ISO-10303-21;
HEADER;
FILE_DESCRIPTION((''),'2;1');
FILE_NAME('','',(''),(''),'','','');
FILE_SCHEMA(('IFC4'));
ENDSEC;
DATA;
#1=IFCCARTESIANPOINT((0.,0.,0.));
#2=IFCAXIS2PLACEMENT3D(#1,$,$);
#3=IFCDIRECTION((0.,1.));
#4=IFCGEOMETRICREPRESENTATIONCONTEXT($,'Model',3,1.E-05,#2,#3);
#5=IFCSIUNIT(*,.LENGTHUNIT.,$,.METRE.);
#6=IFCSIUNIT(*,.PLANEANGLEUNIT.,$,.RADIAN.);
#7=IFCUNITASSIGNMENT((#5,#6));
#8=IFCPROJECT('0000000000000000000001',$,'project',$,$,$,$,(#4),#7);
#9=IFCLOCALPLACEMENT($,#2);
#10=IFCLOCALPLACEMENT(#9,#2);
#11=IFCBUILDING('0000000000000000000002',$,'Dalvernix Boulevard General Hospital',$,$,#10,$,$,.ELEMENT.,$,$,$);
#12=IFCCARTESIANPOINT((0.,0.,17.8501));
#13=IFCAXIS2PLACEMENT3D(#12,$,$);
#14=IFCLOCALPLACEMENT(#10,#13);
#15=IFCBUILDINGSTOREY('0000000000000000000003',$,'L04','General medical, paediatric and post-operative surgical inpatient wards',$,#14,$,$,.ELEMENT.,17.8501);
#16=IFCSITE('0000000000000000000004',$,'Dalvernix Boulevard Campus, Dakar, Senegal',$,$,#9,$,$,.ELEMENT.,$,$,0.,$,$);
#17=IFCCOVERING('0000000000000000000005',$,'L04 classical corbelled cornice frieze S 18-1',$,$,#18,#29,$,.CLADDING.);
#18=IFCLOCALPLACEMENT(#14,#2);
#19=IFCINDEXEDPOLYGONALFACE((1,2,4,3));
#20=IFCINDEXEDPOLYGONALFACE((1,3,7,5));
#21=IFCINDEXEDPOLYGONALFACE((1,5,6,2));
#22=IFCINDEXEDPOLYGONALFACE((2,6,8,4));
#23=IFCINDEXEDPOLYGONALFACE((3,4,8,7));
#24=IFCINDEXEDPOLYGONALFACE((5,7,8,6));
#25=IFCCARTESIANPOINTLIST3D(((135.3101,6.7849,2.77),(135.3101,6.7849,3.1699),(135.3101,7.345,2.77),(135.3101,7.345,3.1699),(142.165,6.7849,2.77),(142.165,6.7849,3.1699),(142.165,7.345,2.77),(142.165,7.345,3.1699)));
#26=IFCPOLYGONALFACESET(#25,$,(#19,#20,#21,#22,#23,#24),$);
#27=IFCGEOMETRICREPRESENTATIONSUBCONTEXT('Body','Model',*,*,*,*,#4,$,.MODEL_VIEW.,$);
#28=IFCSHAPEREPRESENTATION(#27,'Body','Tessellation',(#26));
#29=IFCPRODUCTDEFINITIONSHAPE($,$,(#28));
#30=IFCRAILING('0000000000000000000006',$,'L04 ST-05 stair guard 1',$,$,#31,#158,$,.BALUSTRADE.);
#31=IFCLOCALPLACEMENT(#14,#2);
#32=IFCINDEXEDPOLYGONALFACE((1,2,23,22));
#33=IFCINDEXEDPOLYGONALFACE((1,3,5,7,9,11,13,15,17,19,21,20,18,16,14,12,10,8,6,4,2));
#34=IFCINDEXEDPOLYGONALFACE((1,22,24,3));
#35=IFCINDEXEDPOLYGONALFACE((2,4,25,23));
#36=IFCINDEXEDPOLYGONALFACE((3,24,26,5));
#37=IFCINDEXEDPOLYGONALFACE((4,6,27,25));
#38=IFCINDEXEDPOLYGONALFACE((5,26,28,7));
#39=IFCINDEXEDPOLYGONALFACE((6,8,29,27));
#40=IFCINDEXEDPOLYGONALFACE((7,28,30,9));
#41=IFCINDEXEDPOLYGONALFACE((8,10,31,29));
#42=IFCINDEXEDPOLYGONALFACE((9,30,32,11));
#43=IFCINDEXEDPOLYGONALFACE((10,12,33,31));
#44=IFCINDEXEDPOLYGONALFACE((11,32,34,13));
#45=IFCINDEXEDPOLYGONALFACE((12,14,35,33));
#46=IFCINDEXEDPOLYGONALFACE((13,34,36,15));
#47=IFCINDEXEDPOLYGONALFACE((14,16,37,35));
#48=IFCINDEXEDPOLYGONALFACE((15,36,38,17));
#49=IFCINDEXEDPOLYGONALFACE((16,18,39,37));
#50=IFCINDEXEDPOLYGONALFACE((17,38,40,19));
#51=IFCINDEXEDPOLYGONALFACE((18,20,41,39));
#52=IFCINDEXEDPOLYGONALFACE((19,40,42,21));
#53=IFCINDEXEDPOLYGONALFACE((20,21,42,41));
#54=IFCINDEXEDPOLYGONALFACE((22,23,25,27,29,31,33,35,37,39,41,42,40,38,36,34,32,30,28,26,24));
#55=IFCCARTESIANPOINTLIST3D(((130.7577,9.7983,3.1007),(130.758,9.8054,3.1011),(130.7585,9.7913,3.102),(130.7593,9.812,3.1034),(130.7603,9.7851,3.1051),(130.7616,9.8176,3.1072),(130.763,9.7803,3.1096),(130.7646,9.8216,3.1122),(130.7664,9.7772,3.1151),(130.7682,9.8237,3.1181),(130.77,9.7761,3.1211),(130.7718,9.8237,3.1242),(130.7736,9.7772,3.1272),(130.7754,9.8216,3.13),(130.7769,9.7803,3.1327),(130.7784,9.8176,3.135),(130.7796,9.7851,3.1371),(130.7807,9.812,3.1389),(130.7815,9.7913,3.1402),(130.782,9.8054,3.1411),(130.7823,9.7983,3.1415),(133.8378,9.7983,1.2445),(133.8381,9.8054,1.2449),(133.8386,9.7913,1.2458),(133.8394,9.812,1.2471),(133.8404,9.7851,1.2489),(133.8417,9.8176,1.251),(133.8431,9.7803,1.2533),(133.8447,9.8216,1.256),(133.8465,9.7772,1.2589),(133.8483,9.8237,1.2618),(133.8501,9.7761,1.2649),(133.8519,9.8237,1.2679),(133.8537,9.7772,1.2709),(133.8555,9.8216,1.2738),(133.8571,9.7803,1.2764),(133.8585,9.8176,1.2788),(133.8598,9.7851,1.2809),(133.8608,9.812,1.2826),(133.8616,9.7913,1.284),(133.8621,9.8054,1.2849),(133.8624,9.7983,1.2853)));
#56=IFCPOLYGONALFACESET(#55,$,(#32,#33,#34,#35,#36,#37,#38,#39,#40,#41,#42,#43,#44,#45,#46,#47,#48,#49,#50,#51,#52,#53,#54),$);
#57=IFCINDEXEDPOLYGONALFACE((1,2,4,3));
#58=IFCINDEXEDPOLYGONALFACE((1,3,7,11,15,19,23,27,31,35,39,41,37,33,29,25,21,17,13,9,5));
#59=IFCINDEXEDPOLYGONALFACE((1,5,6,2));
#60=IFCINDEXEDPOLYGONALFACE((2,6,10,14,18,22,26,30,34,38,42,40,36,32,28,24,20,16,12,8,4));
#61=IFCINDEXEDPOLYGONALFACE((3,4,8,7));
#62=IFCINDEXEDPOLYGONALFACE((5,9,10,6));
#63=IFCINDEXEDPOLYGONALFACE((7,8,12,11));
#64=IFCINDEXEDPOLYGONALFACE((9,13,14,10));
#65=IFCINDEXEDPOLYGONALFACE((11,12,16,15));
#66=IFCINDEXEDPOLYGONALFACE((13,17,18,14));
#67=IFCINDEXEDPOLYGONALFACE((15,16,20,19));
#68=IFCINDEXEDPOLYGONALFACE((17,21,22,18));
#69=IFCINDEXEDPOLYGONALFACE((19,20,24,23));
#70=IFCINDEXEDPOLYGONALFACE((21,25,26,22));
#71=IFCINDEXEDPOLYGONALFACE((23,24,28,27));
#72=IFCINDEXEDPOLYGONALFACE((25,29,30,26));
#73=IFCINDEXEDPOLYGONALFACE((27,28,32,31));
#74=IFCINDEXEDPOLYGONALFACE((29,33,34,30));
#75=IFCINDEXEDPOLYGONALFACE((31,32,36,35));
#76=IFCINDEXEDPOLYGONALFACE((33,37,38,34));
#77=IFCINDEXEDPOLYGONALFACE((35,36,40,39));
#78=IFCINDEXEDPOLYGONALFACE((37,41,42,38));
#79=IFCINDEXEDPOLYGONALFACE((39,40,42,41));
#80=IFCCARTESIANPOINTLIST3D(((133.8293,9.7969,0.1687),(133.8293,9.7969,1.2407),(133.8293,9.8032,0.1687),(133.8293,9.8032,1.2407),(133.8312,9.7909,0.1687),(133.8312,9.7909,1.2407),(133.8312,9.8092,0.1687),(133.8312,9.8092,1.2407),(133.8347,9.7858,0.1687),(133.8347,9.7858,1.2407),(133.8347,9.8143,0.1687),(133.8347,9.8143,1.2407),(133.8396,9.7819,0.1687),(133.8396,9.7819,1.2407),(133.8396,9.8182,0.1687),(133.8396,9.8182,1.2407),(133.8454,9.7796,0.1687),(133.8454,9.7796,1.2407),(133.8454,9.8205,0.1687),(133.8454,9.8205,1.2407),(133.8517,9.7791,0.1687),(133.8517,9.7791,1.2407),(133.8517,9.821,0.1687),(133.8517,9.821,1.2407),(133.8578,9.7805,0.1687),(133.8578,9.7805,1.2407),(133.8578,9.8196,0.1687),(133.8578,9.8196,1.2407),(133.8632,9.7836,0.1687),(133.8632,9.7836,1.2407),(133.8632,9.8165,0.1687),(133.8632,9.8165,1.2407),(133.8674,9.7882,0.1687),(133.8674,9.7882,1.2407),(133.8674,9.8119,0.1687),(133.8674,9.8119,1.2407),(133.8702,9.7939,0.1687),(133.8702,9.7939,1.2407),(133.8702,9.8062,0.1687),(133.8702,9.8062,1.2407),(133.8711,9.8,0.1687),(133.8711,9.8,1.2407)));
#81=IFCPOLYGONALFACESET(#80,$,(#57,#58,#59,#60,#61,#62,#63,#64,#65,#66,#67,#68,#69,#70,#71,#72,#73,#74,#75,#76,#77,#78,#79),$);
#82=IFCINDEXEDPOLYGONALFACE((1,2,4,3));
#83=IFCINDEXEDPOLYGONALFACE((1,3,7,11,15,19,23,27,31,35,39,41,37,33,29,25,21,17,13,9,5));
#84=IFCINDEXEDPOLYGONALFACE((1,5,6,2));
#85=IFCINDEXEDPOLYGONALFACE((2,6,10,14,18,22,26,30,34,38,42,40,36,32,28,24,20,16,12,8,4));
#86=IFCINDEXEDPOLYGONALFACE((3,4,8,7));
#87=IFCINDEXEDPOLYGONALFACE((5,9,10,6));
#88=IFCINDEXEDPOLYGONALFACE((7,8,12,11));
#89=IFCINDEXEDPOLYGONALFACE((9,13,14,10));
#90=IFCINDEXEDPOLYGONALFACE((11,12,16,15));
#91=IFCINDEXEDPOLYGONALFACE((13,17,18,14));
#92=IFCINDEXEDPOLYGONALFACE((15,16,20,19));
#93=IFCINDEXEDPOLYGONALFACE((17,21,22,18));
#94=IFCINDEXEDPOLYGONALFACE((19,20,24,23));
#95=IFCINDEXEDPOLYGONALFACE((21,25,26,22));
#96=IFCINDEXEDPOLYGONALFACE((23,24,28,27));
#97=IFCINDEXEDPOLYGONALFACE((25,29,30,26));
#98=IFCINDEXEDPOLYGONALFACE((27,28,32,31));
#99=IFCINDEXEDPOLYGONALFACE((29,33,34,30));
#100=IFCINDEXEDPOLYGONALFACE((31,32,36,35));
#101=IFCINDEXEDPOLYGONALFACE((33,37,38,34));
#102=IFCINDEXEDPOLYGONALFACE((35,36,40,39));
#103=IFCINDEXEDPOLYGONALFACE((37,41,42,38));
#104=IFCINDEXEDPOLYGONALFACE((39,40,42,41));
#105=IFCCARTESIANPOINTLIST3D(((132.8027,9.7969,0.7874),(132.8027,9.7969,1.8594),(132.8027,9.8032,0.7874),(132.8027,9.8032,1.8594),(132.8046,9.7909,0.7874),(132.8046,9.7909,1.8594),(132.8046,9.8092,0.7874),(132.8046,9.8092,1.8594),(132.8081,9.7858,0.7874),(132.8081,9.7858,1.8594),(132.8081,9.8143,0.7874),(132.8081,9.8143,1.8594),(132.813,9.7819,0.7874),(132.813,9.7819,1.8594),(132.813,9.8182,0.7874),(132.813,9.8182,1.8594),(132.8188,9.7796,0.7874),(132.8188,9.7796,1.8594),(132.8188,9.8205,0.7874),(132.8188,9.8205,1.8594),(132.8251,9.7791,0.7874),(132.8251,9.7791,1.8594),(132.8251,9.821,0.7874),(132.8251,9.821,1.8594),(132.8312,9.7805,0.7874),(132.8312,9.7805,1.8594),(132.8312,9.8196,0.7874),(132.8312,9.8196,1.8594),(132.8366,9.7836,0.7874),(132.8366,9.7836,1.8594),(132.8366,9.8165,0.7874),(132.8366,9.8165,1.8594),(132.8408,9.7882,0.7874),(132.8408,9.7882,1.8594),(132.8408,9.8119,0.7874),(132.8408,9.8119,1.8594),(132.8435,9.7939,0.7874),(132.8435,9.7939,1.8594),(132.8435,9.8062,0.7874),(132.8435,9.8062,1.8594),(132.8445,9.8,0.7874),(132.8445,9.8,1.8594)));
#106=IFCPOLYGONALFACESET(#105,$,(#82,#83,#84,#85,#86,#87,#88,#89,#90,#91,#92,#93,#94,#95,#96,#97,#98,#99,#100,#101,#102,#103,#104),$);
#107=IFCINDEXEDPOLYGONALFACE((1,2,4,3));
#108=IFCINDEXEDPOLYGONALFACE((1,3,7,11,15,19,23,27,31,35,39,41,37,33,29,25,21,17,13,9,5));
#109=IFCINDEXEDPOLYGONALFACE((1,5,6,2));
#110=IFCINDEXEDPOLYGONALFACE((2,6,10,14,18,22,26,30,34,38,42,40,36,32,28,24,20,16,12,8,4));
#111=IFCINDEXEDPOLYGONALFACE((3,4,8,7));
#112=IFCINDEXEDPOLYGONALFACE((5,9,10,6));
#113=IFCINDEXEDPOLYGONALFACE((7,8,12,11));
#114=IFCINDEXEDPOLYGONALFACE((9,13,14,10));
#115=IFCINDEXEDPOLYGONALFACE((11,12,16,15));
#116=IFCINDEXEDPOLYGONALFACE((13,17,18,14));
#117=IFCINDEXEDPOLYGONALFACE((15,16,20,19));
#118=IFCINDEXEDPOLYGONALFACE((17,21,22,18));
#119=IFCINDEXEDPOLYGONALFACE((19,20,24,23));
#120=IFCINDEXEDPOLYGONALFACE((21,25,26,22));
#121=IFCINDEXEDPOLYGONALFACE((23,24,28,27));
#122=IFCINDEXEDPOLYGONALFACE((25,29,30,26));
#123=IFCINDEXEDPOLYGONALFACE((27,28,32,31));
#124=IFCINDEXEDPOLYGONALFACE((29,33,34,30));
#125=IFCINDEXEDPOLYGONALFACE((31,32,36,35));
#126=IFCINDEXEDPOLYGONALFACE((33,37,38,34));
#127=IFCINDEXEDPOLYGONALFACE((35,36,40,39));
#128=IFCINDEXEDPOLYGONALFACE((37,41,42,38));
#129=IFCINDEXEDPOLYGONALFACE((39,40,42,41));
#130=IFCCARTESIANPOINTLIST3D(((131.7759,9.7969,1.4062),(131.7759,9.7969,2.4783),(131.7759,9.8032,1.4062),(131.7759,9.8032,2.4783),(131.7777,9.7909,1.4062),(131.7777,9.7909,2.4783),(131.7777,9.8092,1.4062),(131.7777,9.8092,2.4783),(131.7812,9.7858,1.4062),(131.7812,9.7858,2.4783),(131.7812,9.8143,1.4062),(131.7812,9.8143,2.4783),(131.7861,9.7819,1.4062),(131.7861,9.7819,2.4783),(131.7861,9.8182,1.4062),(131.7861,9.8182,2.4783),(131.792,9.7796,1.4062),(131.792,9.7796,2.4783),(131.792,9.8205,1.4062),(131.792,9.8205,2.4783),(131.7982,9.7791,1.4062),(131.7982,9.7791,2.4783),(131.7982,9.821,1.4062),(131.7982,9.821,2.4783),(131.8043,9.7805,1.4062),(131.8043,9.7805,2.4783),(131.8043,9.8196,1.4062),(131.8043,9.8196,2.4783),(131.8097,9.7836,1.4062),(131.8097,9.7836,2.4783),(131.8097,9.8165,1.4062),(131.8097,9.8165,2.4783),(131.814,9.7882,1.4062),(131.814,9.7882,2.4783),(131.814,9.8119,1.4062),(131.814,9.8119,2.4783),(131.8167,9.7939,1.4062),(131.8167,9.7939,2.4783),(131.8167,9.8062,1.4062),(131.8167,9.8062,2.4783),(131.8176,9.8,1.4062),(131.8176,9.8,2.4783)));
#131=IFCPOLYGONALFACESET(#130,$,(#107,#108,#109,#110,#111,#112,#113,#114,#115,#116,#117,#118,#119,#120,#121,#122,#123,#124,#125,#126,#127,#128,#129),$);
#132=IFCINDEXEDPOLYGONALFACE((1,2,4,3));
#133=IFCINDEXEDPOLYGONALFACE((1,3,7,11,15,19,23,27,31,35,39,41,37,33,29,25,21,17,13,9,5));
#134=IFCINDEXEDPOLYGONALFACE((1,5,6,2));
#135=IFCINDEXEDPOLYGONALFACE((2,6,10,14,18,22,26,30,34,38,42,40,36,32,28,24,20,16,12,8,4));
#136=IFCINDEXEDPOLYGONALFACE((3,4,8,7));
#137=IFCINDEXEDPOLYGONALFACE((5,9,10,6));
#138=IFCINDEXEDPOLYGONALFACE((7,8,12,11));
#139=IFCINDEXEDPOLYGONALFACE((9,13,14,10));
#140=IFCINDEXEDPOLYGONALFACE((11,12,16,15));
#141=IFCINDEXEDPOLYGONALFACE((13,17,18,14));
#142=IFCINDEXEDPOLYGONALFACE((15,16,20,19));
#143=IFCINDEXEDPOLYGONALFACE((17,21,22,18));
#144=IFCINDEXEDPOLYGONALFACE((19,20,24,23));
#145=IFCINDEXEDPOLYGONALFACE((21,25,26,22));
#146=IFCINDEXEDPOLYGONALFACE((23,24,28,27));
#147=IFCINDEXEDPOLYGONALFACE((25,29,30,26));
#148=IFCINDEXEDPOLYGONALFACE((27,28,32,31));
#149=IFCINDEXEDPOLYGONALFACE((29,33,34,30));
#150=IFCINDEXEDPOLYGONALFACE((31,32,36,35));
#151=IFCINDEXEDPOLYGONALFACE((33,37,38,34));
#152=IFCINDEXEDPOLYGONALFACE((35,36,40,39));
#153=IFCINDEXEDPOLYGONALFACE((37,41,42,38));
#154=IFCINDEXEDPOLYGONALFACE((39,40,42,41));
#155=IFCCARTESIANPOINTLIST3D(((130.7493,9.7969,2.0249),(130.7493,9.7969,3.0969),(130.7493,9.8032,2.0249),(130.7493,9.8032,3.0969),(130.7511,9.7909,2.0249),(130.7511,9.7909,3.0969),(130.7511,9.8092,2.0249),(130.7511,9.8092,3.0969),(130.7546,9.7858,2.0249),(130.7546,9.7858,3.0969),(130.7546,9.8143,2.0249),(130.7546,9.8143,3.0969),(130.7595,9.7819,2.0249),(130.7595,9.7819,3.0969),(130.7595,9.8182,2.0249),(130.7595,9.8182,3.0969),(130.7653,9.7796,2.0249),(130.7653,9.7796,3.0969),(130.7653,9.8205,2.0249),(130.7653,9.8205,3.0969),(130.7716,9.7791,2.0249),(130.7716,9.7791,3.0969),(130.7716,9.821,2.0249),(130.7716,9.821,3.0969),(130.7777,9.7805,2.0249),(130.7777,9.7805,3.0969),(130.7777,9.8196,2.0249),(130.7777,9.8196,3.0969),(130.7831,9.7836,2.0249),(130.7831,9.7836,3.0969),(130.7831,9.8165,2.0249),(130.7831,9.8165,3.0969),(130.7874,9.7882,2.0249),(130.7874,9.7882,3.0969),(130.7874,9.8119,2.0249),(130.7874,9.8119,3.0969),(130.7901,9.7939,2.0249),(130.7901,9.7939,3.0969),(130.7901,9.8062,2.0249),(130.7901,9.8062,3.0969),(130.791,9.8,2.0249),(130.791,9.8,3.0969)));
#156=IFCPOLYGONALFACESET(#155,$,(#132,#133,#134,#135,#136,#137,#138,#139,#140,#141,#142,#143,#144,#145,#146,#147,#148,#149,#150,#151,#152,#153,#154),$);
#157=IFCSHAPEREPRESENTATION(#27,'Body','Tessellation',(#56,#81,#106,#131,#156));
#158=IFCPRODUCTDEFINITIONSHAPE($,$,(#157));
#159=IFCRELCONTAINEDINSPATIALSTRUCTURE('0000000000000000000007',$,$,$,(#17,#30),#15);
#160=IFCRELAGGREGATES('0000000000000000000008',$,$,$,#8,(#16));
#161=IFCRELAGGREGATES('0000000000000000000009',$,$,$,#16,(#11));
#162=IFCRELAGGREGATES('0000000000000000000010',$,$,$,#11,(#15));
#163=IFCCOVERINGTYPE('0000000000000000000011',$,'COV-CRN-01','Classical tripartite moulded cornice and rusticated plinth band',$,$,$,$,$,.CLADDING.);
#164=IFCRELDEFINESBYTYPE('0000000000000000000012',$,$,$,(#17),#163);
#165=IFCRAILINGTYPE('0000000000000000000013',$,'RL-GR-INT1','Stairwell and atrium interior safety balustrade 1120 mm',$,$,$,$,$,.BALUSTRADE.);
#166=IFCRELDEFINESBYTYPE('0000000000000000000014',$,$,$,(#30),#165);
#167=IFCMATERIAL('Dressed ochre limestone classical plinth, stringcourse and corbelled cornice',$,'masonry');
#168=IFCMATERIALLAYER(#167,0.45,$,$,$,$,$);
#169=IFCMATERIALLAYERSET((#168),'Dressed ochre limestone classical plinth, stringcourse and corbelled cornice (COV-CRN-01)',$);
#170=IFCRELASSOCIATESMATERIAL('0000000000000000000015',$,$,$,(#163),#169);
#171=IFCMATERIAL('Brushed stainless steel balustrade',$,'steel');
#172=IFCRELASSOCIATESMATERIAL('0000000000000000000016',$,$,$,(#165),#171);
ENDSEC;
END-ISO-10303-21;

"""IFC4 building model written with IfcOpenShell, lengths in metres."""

from ifc_helpers import new_model, si_unit, direction, frame, origin, origin_2d, place, context, subcontext, project, spatial, rectangle, circle, extrude, material, layer, layer_set, type_object, element, save


model = new_model("IFC4")

# Units and contexts
model_context = context("Model", 3, precision=1e-05, world=origin(), true_north=direction((0.0, 1.0)))
body_context = subcontext(model_context, "Body", "Model", "MODEL_VIEW")
ifc_project = project(units=[si_unit("LENGTHUNIT", "METRE"), si_unit("PLANEANGLEUNIT", "RADIAN")], contexts=[model_context])

# Site, building, storey
site_placement = place(None, origin())
site = spatial("IfcSite", under=ifc_project, at=site_placement, Name="Dalvernix Boulevard Campus, Dakar, Senegal", CompositionType="ELEMENT", RefElevation=0.0)
building_placement = place(site_placement, origin())
building = spatial("IfcBuilding", under=site, at=building_placement, Name="Dalvernix Boulevard General Hospital", CompositionType="ELEMENT")
storey_placement = place(building_placement, frame((0.0, 0.0, 17.8501)))
storey = spatial("IfcBuildingStorey", under=building, at=storey_placement, Name="L04", Description="General medical, paediatric and post-operative surgical inpatient wards", CompositionType="ELEMENT", Elevation=17.8501)

# Covering
ifc_material_1 = material(Name="Dressed ochre limestone classical plinth, stringcourse and corbelled cornice", Category="masonry")
ifc_layer_1 = layer(ifc_material_1, 0.45)
ifc_layer_set_1 = layer_set([ifc_layer_1], Name="Dressed ochre limestone classical plinth, stringcourse and corbelled cornice (COV-CRN-01)")
covering_type_1 = type_object("IfcCoveringType", Name="COV-CRN-01", Description="Classical tripartite moulded cornice and rusticated plinth band", PredefinedType="CLADDING", material=ifc_layer_set_1)
for number, where, z_axis, x_axis, name in (
    (1, (138.7375, 7.0649, 2.77), (0.0, 0.0, 1.0), (-1.0, 0.0, 0.0), "L04 classical corbelled cornice frieze S 18-1"),
):
    element("IfcCovering", number, at=place(storey_placement, frame(where, z_axis=z_axis, x_axis=x_axis)), inside=storey, type_object=covering_type_1, Name=name, PredefinedType="CLADDING", context=body_context, shape_type="SweptSolid", body=[
        extrude(rectangle(XDim=6.855, YDim=0.5601, at=origin_2d()), origin(), (0.0, 0.0, 1.0), 0.3999),
    ])

# Railing
ifc_material_2 = material(Name="Brushed stainless steel balustrade", Category="steel")
railing_type_1 = type_object("IfcRailingType", Name="RL-GR-INT1", Description="Stairwell and atrium interior safety balustrade 1120 mm", PredefinedType="BALUSTRADE", material=ifc_material_2)
railing_1_placement = place(storey_placement, frame((133.8501, 9.8, 0.1687)))
element("IfcRailing", 2, at=railing_1_placement, inside=storey, type_object=railing_type_1, Name="L04 ST-05 stair guard 1", PredefinedType="BALUSTRADE", context=body_context, shape_type="SweptSolid", body=[
    extrude(circle(Radius=0.0239, at=origin_2d()), frame((0.0, 0.0, 1.0962), z_axis=(-0.856491, 0.0, 0.516162), x_axis=(0.0, -1.0, 0.0)), (0.0, 0.0, 1.0), 3.5962),
    extrude(circle(Radius=0.021, at=origin_2d()), origin(), (0.0, 0.0, 1.0), 1.072),
    extrude(circle(Radius=0.021, at=origin_2d()), frame((-1.0266, 0.0, 0.6187)), (0.0, 0.0, 1.0), 1.072),
    extrude(circle(Radius=0.021, at=origin_2d()), frame((-2.0535, 0.0, 1.2375)), (0.0, 0.0, 1.0), 1.072),
    extrude(circle(Radius=0.021, at=origin_2d()), frame((-3.0801, 0.0, 1.8562)), (0.0, 0.0, 1.0), 1.072),
])

save(model, "model.ifc")
